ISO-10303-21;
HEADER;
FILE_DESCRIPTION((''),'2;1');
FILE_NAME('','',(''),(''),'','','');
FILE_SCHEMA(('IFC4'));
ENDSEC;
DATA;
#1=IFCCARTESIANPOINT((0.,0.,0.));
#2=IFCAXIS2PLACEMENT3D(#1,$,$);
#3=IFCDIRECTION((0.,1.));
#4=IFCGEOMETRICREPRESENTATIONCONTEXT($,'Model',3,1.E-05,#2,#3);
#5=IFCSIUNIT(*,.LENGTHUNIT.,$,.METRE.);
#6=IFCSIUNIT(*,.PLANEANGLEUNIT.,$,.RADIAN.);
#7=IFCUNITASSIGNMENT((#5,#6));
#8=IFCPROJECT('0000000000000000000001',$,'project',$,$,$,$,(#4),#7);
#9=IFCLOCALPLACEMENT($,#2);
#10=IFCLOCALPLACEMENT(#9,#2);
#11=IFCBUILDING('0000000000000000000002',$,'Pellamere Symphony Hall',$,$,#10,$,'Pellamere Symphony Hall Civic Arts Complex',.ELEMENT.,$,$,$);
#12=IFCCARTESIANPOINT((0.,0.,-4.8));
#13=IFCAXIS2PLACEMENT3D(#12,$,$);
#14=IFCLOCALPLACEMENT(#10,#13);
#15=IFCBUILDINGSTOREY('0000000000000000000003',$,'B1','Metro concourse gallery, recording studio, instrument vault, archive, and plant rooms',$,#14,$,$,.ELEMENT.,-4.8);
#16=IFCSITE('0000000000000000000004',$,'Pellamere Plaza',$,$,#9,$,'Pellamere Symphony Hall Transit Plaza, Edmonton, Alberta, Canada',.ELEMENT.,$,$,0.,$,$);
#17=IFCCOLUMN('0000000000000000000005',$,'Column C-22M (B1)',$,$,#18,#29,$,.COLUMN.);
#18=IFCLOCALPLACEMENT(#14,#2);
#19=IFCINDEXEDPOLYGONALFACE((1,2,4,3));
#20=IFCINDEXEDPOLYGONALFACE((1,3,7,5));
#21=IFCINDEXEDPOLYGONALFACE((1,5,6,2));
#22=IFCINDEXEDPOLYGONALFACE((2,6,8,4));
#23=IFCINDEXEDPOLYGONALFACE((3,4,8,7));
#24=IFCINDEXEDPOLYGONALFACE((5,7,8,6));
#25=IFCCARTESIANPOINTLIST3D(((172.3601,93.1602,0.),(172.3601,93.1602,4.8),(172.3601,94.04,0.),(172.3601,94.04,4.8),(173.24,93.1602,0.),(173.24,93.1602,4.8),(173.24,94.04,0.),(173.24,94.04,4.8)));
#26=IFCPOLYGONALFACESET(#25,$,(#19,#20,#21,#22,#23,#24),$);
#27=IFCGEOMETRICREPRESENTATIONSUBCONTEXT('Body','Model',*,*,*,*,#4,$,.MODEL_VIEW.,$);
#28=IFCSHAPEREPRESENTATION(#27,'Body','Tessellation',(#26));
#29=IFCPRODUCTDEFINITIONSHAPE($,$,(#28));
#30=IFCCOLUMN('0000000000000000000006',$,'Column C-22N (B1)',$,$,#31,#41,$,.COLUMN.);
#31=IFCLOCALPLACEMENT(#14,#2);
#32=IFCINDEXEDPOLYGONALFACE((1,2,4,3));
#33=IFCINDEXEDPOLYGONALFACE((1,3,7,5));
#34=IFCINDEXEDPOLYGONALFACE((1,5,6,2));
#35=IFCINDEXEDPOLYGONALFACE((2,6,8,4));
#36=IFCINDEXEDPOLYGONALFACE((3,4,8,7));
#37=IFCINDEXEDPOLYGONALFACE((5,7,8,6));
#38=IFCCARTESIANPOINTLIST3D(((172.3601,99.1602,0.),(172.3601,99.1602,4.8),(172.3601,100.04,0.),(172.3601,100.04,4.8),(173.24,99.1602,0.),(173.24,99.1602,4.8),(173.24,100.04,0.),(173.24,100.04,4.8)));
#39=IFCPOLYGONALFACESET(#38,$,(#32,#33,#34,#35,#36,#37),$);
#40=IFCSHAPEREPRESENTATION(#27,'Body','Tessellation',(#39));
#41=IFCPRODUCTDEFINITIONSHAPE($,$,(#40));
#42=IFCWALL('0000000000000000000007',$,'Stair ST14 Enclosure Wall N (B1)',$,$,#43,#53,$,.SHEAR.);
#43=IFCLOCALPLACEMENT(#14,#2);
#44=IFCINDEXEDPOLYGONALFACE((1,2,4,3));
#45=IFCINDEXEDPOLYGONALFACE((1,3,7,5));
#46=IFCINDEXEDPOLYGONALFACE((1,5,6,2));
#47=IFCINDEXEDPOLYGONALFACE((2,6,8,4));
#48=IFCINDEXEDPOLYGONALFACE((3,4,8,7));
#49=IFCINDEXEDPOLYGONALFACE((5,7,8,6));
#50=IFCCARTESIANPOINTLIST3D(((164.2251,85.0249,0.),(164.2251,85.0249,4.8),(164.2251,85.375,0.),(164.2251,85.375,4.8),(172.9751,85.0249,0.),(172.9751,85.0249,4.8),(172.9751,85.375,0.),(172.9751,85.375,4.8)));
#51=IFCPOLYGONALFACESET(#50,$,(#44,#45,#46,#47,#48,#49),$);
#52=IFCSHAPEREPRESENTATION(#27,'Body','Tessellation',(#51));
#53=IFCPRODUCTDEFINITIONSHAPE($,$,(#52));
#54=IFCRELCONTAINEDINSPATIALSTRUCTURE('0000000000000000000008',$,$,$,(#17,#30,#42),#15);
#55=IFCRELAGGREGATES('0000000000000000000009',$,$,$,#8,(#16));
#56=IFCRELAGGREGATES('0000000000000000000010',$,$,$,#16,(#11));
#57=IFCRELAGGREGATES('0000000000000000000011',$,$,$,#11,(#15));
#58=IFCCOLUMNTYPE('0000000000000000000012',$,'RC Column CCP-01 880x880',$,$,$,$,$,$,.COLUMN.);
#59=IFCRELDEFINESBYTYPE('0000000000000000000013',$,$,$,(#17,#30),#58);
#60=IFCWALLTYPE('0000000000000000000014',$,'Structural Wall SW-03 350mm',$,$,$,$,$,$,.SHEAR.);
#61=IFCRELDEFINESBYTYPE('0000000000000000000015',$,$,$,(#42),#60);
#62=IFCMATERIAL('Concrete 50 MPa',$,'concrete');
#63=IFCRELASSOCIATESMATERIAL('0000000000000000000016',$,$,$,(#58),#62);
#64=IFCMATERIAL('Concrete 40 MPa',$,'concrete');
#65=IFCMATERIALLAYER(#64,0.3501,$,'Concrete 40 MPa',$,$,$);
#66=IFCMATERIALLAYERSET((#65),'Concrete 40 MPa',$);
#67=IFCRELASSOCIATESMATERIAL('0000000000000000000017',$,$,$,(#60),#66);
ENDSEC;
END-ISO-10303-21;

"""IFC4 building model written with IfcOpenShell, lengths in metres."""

from ifc_helpers import new_model, si_unit, direction, frame, frame_2d, origin, origin_2d, place, context, subcontext, project, spatial, rectangle, extrude, material, layer, layer_set, material_profile, profile_set, type_object, element, save


model = new_model("IFC4")

# Units and contexts
model_context = context("Model", 3, precision=1e-05, world=origin(), true_north=direction((0.0, 1.0)))
body_context = subcontext(model_context, "Body", "Model", "MODEL_VIEW")
ifc_project = project(units=[si_unit("LENGTHUNIT", "METRE"), si_unit("PLANEANGLEUNIT", "RADIAN")], contexts=[model_context])

# Site, building, storey
site_placement = place(None, origin())
site = spatial("IfcSite", under=ifc_project, at=site_placement, Name="Pellamere Plaza", LongName="Pellamere Symphony Hall Transit Plaza, Edmonton, Alberta, Canada", CompositionType="ELEMENT", RefElevation=0.0)
building_placement = place(site_placement, origin())
building = spatial("IfcBuilding", under=site, at=building_placement, Name="Pellamere Symphony Hall", LongName="Pellamere Symphony Hall Civic Arts Complex", CompositionType="ELEMENT")
storey_placement = place(building_placement, frame((0.0, 0.0, -4.8)))
storey = spatial("IfcBuildingStorey", under=building, at=storey_placement, Name="B1", Description="Metro concourse gallery, recording studio, instrument vault, archive, and plant rooms", CompositionType="ELEMENT", Elevation=-4.8)

# Shared definitions
ifc_material_1 = material(Name="Concrete 40 MPa", Category="concrete")

# Columns
ifc_material_2 = material(Name="Concrete 50 MPa", Category="concrete")
ifc_material_profile_1 = material_profile(ifc_material_2, rectangle(XDim=0.8799, YDim=0.8799, at=origin_2d()), Name="RC 880x880")
ifc_profile_set_1 = profile_set([ifc_material_profile_1], Name="Concrete 50 MPa")
column_type_1 = type_object("IfcColumnType", Name="RC Column CCP-01 880x880", PredefinedType="COLUMN", material=ifc_profile_set_1)
for number, where, z_axis, x_axis, name in (
    (1, (172.8, 93.6001, 0.0), (0.0, 0.0, 1.0), (1.0, 0.0, 0.0), "Column C-22M (B1)"),
    (2, (172.8, 99.6001, 0.0), (0.0, 0.0, 1.0), (1.0, 0.0, 0.0), "Column C-22N (B1)"),
):
    element("IfcColumn", number, at=place(storey_placement, frame(where, z_axis=z_axis, x_axis=x_axis)), inside=storey, type_object=column_type_1, Name=name, PredefinedType="COLUMN", context=body_context, shape_type="SweptSolid", body=[
        extrude(rectangle(XDim=0.8799, YDim=0.8799, at=origin_2d()), origin(), (0.0, 0.0, 1.0), 4.8),
    ])

# Wall
ifc_layer = layer(ifc_material_1, 0.3501, Name="Concrete 40 MPa")
ifc_layer_set = layer_set([ifc_layer], Name="Concrete 40 MPa")
wall_type = type_object("IfcWallType", Name="Structural Wall SW-03 350mm", PredefinedType="SHEAR", material=ifc_layer_set)
wall_placement = place(storey_placement, frame((164.2251, 85.2, 0.0), z_axis=(0.0, 0.0, 1.0), x_axis=(1.0, 0.0, 0.0)))
element("IfcWall", 3, at=wall_placement, inside=storey, type_object=wall_type, Name="Stair ST14 Enclosure Wall N (B1)", PredefinedType="SHEAR", context=body_context, shape_type="SweptSolid", body=[
    extrude(rectangle(XDim=8.75, YDim=0.3501, at=frame_2d((4.375, 0.0))), origin(), (0.0, 0.0, 1.0), 4.8),
])

save(model, "model.ifc")
